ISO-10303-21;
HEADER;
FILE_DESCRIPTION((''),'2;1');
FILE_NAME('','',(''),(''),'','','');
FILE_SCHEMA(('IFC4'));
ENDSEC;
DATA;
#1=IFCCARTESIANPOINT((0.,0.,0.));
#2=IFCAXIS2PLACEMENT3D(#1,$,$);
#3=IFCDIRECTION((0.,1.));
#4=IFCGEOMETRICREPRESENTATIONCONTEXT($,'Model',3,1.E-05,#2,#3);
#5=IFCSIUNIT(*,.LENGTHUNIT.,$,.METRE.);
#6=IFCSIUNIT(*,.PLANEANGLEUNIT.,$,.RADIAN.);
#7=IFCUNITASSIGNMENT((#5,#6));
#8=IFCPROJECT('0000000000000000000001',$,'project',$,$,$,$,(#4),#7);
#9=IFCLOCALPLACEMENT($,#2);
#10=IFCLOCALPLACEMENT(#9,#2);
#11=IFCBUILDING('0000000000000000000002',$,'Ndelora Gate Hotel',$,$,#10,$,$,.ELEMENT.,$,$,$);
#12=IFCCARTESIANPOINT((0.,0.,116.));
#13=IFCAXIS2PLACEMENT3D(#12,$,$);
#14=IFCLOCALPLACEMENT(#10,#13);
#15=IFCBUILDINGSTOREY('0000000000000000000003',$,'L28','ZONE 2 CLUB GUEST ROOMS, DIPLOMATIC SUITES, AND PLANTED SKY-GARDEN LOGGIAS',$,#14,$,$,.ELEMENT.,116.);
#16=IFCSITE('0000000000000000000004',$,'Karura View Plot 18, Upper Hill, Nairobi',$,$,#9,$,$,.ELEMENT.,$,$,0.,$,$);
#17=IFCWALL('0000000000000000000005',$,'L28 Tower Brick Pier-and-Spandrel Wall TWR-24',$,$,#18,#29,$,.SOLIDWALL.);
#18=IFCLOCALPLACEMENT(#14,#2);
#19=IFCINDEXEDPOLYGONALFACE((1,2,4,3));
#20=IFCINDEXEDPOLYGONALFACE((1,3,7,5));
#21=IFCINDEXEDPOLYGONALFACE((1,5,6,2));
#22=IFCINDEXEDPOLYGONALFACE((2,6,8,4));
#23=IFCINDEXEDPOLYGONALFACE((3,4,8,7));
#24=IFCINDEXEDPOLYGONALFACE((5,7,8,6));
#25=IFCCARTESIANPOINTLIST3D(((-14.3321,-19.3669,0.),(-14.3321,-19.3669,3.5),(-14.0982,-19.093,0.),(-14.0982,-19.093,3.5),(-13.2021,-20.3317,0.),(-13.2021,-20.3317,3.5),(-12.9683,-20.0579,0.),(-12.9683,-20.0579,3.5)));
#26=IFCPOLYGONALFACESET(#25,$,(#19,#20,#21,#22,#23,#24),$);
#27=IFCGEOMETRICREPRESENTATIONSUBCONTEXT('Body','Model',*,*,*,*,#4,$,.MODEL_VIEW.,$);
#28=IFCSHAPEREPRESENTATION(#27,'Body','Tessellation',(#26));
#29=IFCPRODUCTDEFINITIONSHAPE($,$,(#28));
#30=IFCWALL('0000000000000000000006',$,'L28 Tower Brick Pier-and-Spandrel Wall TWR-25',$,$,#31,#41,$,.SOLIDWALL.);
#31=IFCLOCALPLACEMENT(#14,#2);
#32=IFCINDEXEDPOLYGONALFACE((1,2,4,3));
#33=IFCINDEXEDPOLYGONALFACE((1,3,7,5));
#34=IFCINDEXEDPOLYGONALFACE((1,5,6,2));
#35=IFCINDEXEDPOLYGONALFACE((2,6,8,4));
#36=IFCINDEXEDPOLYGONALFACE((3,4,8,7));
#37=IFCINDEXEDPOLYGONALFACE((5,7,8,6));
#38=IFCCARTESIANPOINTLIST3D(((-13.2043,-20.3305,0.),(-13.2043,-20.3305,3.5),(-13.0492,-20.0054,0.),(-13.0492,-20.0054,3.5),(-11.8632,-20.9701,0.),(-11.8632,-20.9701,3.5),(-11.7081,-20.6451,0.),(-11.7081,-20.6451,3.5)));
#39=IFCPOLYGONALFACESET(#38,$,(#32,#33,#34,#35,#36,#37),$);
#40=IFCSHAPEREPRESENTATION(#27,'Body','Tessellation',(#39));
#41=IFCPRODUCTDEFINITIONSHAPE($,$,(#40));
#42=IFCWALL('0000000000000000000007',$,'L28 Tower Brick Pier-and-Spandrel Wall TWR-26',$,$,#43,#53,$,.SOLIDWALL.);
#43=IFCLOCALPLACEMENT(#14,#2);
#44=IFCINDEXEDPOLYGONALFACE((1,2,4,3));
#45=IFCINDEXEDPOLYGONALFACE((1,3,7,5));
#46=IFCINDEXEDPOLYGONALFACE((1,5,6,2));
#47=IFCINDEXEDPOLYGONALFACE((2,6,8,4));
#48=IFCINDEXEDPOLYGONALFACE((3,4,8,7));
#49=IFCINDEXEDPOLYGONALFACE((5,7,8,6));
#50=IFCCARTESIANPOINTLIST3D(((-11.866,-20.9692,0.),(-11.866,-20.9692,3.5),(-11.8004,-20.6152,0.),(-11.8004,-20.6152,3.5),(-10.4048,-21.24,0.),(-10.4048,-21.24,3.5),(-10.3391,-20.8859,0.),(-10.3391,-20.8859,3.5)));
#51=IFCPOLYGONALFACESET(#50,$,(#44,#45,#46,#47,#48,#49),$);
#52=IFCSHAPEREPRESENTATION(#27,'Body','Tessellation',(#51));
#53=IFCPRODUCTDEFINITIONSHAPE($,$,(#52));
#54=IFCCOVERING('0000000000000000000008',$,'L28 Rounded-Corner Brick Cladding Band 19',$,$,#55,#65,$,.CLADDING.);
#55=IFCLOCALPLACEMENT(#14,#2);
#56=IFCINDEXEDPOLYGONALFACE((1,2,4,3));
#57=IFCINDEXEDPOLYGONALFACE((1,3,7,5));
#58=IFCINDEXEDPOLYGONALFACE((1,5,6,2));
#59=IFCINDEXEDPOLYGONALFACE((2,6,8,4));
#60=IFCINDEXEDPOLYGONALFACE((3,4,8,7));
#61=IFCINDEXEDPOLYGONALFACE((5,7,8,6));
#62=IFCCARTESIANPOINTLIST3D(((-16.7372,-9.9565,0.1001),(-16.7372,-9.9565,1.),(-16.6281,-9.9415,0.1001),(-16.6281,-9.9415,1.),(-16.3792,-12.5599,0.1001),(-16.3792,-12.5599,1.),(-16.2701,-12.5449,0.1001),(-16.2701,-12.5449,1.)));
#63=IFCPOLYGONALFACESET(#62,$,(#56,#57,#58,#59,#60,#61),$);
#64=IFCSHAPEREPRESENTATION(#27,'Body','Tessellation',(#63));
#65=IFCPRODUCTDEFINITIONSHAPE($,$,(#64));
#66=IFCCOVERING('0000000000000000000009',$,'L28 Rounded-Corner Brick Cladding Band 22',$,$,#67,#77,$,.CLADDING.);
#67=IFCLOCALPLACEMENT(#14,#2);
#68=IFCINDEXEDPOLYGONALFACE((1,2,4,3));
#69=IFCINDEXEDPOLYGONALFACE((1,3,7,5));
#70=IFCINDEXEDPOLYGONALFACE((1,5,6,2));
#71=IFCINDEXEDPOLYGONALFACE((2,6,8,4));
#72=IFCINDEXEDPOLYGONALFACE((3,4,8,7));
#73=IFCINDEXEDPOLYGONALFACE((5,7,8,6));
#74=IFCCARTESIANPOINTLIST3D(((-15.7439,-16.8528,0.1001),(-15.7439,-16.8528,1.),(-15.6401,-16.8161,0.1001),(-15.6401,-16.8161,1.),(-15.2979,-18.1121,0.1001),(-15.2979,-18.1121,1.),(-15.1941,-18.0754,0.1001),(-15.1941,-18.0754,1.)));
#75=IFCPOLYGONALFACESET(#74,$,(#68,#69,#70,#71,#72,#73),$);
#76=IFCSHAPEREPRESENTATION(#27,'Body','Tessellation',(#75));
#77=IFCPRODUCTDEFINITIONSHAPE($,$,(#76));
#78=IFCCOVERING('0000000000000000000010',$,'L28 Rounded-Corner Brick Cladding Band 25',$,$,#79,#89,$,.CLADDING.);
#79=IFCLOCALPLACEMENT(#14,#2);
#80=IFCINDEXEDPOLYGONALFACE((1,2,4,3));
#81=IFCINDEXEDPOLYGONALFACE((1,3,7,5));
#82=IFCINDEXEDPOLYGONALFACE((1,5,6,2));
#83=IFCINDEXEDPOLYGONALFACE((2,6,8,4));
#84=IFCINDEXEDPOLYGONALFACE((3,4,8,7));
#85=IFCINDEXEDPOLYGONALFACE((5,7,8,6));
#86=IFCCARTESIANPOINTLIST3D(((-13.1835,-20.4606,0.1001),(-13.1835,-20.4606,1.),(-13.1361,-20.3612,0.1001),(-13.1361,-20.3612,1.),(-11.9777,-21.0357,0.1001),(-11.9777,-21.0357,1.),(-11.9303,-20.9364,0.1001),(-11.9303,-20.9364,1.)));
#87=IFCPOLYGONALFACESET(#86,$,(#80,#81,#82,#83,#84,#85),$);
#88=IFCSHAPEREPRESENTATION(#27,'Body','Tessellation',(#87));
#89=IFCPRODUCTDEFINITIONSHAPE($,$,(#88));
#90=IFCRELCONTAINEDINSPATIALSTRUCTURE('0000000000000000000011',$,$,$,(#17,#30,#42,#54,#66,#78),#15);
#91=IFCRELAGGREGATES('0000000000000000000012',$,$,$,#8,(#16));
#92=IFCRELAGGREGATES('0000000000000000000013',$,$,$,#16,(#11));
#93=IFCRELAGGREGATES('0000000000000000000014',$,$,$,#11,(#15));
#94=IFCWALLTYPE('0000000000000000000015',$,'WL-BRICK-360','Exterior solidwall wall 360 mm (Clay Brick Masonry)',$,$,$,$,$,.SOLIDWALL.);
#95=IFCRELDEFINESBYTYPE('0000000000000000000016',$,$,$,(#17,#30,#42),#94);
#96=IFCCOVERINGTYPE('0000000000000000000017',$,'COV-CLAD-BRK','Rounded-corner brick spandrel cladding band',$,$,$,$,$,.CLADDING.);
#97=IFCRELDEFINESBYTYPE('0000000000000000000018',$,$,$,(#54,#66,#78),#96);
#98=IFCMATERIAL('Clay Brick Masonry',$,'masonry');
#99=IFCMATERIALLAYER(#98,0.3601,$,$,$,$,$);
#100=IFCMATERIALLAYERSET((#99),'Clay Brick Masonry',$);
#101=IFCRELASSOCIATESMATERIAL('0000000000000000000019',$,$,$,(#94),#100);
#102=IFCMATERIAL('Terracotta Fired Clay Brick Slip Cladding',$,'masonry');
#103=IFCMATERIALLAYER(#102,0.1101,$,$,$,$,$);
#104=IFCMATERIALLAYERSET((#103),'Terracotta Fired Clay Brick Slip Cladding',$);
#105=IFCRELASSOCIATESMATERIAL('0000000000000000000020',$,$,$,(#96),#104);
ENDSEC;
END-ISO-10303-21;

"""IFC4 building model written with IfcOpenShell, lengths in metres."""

from ifc_helpers import new_model, si_unit, direction, frame, frame_2d, origin, origin_2d, place, context, subcontext, project, spatial, rectangle, extrude, material, layer, layer_set, type_object, element, save


model = new_model("IFC4")

# Units and contexts
model_context = context("Model", 3, precision=1e-05, world=origin(), true_north=direction((0.0, 1.0)))
body_context = subcontext(model_context, "Body", "Model", "MODEL_VIEW")
ifc_project = project(units=[si_unit("LENGTHUNIT", "METRE"), si_unit("PLANEANGLEUNIT", "RADIAN")], contexts=[model_context])

# Site, building, storey
site_placement = place(None, origin())
site = spatial("IfcSite", under=ifc_project, at=site_placement, Name="Karura View Plot 18, Upper Hill, Nairobi", CompositionType="ELEMENT", RefElevation=0.0)
building_placement = place(site_placement, origin())
building = spatial("IfcBuilding", under=site, at=building_placement, Name="Ndelora Gate Hotel", CompositionType="ELEMENT")
storey_placement = place(building_placement, frame((0.0, 0.0, 116.0)))
storey = spatial("IfcBuildingStorey", under=building, at=storey_placement, Name="L28", Description="ZONE 2 CLUB GUEST ROOMS, DIPLOMATIC SUITES, AND PLANTED SKY-GARDEN LOGGIAS", CompositionType="ELEMENT", Elevation=116.0)

# Shared definitions
ifc_material_1 = material(Name="Clay Brick Masonry", Category="masonry")
ifc_layer_1 = layer(ifc_material_1, 0.3601)
ifc_layer_set_1 = layer_set([ifc_layer_1], Name="Clay Brick Masonry")
wall_type = type_object("IfcWallType", Name="WL-BRICK-360", Description="Exterior solidwall wall 360 mm (Clay Brick Masonry)", PredefinedType="SOLIDWALL", material=ifc_layer_set_1)

# Walls
for number, where, z_axis, x_axis, name in (
    (1, (-13.0852, -20.1948, 0.0), (0.0, 0.0, 1.0), (-0.760462, 0.649383, 0.0), "L28 Tower Brick Pier-and-Spandrel Wall TWR-24"),
    (2, (-11.7856, -20.8076, 0.0), (0.0, 0.0, 1.0), (-0.902587, 0.430508, 0.0), "L28 Tower Brick Pier-and-Spandrel Wall TWR-25"),
):
    element("IfcWall", number, at=place(storey_placement, frame(where, z_axis=z_axis, x_axis=x_axis)), inside=storey, type_object=wall_type, Name=name, PredefinedType="SOLIDWALL", context=body_context, shape_type="SweptSolid", body=[
        extrude(rectangle(XDim=1.4858, YDim=0.3601, at=frame_2d((0.7429, 0.0))), origin(), (0.0, 0.0, 1.0), 3.5),
    ])
wall_1_placement = place(storey_placement, frame((-10.3718, -21.063, 0.0), z_axis=(0.0, 0.0, 1.0), x_axis=(-0.983262, 0.182195, 0.0)))
element("IfcWall", 3, at=wall_1_placement, inside=storey, type_object=wall_type, Name="L28 Tower Brick Pier-and-Spandrel Wall TWR-26", PredefinedType="SOLIDWALL", context=body_context, shape_type="SweptSolid", body=[
    extrude(rectangle(XDim=1.4861, YDim=0.3601, at=frame_2d((0.7432, 0.0))), origin(), (0.0, 0.0, 1.0), 3.5),
])

# Coverings
ifc_material_2 = material(Name="Terracotta Fired Clay Brick Slip Cladding", Category="masonry")
ifc_layer_2 = layer(ifc_material_2, 0.1101)
ifc_layer_set_2 = layer_set([ifc_layer_2], Name="Terracotta Fired Clay Brick Slip Cladding")
covering_type = type_object("IfcCoveringType", Name="COV-CLAD-BRK", Description="Rounded-corner brick spandrel cladding band", PredefinedType="CLADDING", material=ifc_layer_set_2)
covering_placement = place(storey_placement, frame((-16.5037, -11.2507, 0.1001), z_axis=(0.0, 0.0, 1.0), x_axis=(-0.136234, 0.990677, 0.0)))
element("IfcCovering", 4, at=covering_placement, inside=storey, type_object=covering_type, Name="L28 Rounded-Corner Brick Cladding Band 19", PredefinedType="CLADDING", context=body_context, shape_type="SweptSolid", body=[
    extrude(rectangle(XDim=2.6279, YDim=0.1101, at=origin_2d()), origin(), (0.0, 0.0, 1.0), 0.8999),
])
for number, where, z_axis, x_axis, name in (
    (5, (-15.469, -17.4641, 0.1001), (0.0, 0.0, 1.0), (-0.333807, 0.942641, 0.0), "L28 Rounded-Corner Brick Cladding Band 22"),
    (6, (-12.5569, -20.6985, 0.1001), (0.0, 0.0, 1.0), (-0.902585, 0.430511, 0.0), "L28 Rounded-Corner Brick Cladding Band 25"),
):
    element("IfcCovering", number, at=place(storey_placement, frame(where, z_axis=z_axis, x_axis=x_axis)), inside=storey, type_object=covering_type, Name=name, PredefinedType="CLADDING", context=body_context, shape_type="SweptSolid", body=[
        extrude(rectangle(XDim=1.3359, YDim=0.1101, at=origin_2d()), origin(), (0.0, 0.0, 1.0), 0.8999),
    ])

save(model, "model.ifc")
